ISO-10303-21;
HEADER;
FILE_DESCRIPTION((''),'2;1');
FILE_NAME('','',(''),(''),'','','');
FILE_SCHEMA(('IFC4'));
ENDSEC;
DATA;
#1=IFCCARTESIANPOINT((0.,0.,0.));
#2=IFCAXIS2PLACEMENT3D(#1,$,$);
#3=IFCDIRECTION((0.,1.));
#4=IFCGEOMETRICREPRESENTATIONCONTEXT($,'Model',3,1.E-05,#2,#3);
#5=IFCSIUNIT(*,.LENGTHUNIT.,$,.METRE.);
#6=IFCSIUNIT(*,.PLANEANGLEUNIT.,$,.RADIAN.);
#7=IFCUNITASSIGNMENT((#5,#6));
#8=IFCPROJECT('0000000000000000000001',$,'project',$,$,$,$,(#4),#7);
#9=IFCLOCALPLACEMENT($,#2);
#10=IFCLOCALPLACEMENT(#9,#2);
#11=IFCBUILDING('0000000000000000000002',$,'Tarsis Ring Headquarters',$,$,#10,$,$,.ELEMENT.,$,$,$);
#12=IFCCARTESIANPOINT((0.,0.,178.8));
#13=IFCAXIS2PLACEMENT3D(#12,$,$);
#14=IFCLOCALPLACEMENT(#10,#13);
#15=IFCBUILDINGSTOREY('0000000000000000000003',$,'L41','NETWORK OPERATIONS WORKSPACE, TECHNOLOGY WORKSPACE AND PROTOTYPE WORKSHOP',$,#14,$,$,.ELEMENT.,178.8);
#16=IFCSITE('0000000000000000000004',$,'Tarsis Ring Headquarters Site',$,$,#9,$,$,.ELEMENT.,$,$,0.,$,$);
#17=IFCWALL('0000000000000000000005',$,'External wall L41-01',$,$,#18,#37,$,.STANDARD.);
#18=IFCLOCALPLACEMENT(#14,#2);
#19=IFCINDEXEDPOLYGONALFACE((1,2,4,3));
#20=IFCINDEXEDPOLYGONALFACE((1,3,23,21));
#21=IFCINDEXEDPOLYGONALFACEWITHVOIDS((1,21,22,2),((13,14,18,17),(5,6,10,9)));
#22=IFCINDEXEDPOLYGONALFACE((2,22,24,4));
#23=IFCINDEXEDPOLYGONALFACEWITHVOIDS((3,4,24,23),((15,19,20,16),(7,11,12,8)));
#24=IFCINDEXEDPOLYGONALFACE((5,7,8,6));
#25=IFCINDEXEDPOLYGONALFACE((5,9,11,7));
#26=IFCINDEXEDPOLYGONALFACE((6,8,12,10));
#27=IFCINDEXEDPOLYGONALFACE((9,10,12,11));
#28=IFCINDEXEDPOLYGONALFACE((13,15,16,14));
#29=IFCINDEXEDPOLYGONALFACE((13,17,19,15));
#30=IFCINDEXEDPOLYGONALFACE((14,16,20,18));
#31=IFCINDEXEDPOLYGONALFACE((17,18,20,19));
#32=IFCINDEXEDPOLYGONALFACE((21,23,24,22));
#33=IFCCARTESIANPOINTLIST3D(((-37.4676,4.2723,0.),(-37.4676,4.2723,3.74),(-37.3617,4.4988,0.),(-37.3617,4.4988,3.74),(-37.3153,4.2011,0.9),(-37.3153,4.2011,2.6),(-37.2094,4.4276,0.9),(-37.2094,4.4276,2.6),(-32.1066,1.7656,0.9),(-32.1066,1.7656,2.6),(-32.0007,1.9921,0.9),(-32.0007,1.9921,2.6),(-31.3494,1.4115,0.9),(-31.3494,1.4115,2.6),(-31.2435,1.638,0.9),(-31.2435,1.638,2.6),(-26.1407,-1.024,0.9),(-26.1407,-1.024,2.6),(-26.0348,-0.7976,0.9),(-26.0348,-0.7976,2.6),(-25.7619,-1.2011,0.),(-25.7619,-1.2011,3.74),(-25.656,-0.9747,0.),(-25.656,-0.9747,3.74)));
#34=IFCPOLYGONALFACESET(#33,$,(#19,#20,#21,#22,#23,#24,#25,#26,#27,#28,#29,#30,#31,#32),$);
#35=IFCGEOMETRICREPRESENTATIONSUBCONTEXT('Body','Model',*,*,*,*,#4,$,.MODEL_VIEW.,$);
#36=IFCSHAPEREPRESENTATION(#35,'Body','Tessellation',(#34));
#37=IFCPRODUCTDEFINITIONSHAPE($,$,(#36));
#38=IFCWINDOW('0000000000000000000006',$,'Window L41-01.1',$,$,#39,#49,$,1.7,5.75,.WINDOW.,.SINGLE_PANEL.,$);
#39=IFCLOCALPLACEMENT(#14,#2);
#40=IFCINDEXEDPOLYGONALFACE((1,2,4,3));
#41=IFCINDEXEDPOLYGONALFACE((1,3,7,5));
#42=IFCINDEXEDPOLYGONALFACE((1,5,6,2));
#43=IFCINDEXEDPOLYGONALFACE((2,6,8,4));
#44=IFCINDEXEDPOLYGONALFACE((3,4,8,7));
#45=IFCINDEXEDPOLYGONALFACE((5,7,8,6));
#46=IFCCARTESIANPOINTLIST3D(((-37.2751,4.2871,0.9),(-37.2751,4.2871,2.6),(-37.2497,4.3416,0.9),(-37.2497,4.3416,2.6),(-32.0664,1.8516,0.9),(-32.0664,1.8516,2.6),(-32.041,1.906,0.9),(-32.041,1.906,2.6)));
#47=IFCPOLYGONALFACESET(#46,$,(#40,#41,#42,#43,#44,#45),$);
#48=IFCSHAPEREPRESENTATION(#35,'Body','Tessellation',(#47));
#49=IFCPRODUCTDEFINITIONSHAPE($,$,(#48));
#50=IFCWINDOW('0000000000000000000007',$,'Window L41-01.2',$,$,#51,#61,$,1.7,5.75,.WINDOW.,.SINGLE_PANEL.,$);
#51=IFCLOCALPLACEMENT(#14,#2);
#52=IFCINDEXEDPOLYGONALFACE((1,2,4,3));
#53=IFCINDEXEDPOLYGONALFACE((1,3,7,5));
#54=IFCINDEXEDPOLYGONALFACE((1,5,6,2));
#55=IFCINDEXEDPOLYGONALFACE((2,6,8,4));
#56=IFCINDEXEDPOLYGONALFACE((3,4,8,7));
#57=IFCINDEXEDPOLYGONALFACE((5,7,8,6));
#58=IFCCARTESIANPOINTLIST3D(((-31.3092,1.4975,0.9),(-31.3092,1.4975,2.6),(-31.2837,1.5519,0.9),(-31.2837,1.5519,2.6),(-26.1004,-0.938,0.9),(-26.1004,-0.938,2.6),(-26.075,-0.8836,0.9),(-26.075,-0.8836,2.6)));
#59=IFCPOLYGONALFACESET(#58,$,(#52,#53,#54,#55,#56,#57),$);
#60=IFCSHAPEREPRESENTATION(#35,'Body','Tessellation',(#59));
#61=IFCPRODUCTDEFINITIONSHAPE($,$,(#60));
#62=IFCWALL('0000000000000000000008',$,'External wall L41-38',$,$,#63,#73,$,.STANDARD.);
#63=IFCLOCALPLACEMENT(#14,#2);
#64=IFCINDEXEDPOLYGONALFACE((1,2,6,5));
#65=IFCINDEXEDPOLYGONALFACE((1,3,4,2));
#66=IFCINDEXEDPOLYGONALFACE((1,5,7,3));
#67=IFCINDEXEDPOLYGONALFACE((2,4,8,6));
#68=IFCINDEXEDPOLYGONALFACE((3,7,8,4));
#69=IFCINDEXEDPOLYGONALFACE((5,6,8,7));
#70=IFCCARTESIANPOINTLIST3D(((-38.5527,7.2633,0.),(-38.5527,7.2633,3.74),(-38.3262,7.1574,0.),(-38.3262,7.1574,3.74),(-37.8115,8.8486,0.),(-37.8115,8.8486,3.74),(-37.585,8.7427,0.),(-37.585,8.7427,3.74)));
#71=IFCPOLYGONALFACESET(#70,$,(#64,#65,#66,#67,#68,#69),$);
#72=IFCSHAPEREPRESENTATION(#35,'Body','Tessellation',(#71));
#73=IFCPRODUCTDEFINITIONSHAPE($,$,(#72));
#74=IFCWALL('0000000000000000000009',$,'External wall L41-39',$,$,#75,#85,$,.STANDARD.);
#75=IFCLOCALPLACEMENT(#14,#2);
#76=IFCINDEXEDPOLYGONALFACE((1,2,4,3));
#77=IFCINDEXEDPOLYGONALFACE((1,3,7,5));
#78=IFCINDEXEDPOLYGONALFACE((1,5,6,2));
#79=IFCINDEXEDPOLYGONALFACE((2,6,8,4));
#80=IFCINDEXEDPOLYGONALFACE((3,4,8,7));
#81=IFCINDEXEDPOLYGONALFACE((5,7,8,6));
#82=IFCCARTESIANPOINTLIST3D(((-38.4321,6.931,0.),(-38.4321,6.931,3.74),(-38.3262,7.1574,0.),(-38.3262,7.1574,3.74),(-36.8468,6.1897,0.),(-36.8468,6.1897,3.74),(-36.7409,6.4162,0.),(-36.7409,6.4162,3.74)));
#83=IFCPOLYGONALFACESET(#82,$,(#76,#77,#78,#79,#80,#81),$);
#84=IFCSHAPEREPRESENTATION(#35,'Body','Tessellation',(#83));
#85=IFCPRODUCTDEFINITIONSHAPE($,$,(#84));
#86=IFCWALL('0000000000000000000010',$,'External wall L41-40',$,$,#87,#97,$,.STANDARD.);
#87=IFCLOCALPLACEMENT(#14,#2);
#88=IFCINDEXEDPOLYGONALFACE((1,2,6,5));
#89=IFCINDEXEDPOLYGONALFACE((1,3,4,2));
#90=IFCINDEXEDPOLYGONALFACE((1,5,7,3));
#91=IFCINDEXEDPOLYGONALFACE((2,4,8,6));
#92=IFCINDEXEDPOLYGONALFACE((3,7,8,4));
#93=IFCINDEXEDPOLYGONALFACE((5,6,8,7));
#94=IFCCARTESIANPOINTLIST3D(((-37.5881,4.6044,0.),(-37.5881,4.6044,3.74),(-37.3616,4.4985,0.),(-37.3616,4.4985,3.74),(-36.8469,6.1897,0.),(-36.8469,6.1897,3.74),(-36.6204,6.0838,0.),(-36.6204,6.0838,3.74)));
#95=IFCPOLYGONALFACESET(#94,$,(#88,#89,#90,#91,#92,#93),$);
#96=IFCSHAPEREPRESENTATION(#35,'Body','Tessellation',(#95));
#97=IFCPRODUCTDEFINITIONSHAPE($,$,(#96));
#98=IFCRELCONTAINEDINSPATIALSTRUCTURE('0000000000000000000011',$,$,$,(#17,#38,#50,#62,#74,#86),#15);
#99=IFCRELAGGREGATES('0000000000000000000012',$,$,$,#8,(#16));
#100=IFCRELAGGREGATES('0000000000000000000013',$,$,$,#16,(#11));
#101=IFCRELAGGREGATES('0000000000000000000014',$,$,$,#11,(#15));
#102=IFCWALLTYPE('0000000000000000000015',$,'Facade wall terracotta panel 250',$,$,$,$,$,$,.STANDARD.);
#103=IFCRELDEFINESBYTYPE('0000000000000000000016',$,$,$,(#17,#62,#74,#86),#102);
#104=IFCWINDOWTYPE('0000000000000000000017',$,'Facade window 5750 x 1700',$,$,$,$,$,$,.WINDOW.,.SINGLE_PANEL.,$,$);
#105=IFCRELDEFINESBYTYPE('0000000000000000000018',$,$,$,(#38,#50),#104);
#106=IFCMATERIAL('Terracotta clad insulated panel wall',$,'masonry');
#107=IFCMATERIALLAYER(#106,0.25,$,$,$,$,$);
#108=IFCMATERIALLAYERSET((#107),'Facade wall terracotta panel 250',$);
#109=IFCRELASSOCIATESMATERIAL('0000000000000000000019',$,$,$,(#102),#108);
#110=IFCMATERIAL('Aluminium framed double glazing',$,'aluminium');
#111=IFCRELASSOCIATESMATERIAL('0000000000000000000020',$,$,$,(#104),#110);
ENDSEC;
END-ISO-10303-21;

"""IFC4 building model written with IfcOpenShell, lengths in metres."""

from ifc_helpers import new_model, si_unit, direction, frame, frame_2d, origin, place, context, subcontext, project, spatial, rectangle, extrude, material, layer, layer_set, type_object, element, fill, save


model = new_model("IFC4")

# Units and contexts
model_context = context("Model", 3, precision=1e-05, world=origin(), true_north=direction((0.0, 1.0)))
body_context = subcontext(model_context, "Body", "Model", "MODEL_VIEW")
ifc_project = project(units=[si_unit("LENGTHUNIT", "METRE"), si_unit("PLANEANGLEUNIT", "RADIAN")], contexts=[model_context])

# Site, building, storey
site_placement = place(None, origin())
site = spatial("IfcSite", under=ifc_project, at=site_placement, Name="Tarsis Ring Headquarters Site", CompositionType="ELEMENT", RefElevation=0.0)
building_placement = place(site_placement, origin())
building = spatial("IfcBuilding", under=site, at=building_placement, Name="Tarsis Ring Headquarters", CompositionType="ELEMENT")
storey_placement = place(building_placement, frame((0.0, 0.0, 178.8)))
storey = spatial("IfcBuildingStorey", under=building, at=storey_placement, Name="L41", Description="NETWORK OPERATIONS WORKSPACE, TECHNOLOGY WORKSPACE AND PROTOTYPE WORKSHOP", CompositionType="ELEMENT", Elevation=178.8)

# Wall, openings, windows
ifc_material_1 = material(Name="Terracotta clad insulated panel wall", Category="masonry")
ifc_layer_1 = layer(ifc_material_1, 0.25)
ifc_layer_set_1 = layer_set([ifc_layer_1], Name="Facade wall terracotta panel 250")
wall_type_1 = type_object("IfcWallType", Name="Facade wall terracotta panel 250", PredefinedType="STANDARD", material=ifc_layer_set_1)
wall_1_placement = place(storey_placement, frame((-37.4146, 4.3855, 0.0), z_axis=(0.0, 0.0, 1.0), x_axis=(0.905863, -0.423571, 0.0)))
wall_1 = element("IfcWall", 1, at=wall_1_placement, inside=storey, type_object=wall_type_1, Name="External wall L41-01", PredefinedType="STANDARD", context=body_context, shape_type="SweptSolid", body=[
    extrude(rectangle(XDim=12.9221, YDim=0.25, at=frame_2d((6.4609, 0.0))), origin(), (0.0, 0.0, 1.0), 3.74),
])
opening_1_placement = place(wall_1_placement, frame((0.168, 0.0, 0.8999)))
opening_1 = element("IfcOpeningElement", 2, at=opening_1_placement, cuts=wall_1, PredefinedType="OPENING", context=body_context, shape_type="SweptSolid", body=[
    extrude(rectangle(XDim=5.75, YDim=1.7, at=frame_2d((2.875, 0.8501))), frame((0.0, 0.135, 0.0), z_axis=(0.0, -1.0, 0.0), x_axis=(1.0, 0.0, 0.0)), (0.0, 0.0, 1.0), 0.27),
])
opening_2_placement = place(wall_1_placement, frame((6.7539, 0.0, 0.8999)))
opening_2 = element("IfcOpeningElement", 3, at=opening_2_placement, cuts=wall_1, PredefinedType="OPENING", context=body_context, shape_type="SweptSolid", body=[
    extrude(rectangle(XDim=5.75, YDim=1.7, at=frame_2d((2.875, 0.8501))), frame((0.0, 0.135, 0.0), z_axis=(0.0, -1.0, 0.0), x_axis=(1.0, 0.0, 0.0)), (0.0, 0.0, 1.0), 0.27),
])
ifc_material_2 = material(Name="Aluminium framed double glazing", Category="aluminium")
window_type = type_object("IfcWindowType", Name="Facade window 5750 x 1700", PartitioningType="SINGLE_PANEL", PredefinedType="WINDOW", material=ifc_material_2)
window_1_placement = place(opening_1_placement, origin())
window_1 = element("IfcWindow", 4, at=window_1_placement, inside=storey, type_object=window_type, Name="Window L41-01.1", OverallHeight=1.7, OverallWidth=5.75, PartitioningType="SINGLE_PANEL", PredefinedType="WINDOW", context=body_context, shape_type="SweptSolid", body=[
    extrude(rectangle(XDim=5.75, YDim=1.7, at=frame_2d((2.875, 0.8501))), frame((0.0, 0.03, 0.0), z_axis=(0.0, -1.0, 0.0), x_axis=(1.0, 0.0, 0.0)), (0.0, 0.0, 1.0), 0.0601),
])
fill(opening_1, window_1)
window_2_placement = place(opening_2_placement, origin())
window_2 = element("IfcWindow", 5, at=window_2_placement, inside=storey, type_object=window_type, Name="Window L41-01.2", OverallHeight=1.7, OverallWidth=5.75, PartitioningType="SINGLE_PANEL", PredefinedType="WINDOW", context=body_context, shape_type="SweptSolid", body=[
    extrude(rectangle(XDim=5.75, YDim=1.7, at=frame_2d((2.875, 0.8501))), frame((0.0, 0.03, 0.0), z_axis=(0.0, -1.0, 0.0), x_axis=(1.0, 0.0, 0.0)), (0.0, 0.0, 1.0), 0.0601),
])
fill(opening_2, window_2)

# Walls
for number, where, z_axis, x_axis, name in (
    (6, (-37.6982, 8.7957, 0.0), (0.0, 0.0, 1.0), (-0.423565, -0.905866, 0.0), "External wall L41-38"),
    (7, (-38.3792, 7.0442, 0.0), (0.0, 0.0, 1.0), (0.905866, -0.423565, 0.0), "External wall L41-39"),
    (8, (-36.7336, 6.1367, 0.0), (0.0, 0.0, 1.0), (-0.423565, -0.905866, 0.0), "External wall L41-40"),
):
    element("IfcWall", number, at=place(storey_placement, frame(where, z_axis=z_axis, x_axis=x_axis)), inside=storey, type_object=wall_type_1, Name=name, PredefinedType="STANDARD", context=body_context, shape_type="SweptSolid", body=[
        extrude(rectangle(XDim=1.75, YDim=0.25, at=frame_2d((0.875, 0.0))), origin(), (0.0, 0.0, 1.0), 3.74),
    ])

save(model, "model.ifc")
